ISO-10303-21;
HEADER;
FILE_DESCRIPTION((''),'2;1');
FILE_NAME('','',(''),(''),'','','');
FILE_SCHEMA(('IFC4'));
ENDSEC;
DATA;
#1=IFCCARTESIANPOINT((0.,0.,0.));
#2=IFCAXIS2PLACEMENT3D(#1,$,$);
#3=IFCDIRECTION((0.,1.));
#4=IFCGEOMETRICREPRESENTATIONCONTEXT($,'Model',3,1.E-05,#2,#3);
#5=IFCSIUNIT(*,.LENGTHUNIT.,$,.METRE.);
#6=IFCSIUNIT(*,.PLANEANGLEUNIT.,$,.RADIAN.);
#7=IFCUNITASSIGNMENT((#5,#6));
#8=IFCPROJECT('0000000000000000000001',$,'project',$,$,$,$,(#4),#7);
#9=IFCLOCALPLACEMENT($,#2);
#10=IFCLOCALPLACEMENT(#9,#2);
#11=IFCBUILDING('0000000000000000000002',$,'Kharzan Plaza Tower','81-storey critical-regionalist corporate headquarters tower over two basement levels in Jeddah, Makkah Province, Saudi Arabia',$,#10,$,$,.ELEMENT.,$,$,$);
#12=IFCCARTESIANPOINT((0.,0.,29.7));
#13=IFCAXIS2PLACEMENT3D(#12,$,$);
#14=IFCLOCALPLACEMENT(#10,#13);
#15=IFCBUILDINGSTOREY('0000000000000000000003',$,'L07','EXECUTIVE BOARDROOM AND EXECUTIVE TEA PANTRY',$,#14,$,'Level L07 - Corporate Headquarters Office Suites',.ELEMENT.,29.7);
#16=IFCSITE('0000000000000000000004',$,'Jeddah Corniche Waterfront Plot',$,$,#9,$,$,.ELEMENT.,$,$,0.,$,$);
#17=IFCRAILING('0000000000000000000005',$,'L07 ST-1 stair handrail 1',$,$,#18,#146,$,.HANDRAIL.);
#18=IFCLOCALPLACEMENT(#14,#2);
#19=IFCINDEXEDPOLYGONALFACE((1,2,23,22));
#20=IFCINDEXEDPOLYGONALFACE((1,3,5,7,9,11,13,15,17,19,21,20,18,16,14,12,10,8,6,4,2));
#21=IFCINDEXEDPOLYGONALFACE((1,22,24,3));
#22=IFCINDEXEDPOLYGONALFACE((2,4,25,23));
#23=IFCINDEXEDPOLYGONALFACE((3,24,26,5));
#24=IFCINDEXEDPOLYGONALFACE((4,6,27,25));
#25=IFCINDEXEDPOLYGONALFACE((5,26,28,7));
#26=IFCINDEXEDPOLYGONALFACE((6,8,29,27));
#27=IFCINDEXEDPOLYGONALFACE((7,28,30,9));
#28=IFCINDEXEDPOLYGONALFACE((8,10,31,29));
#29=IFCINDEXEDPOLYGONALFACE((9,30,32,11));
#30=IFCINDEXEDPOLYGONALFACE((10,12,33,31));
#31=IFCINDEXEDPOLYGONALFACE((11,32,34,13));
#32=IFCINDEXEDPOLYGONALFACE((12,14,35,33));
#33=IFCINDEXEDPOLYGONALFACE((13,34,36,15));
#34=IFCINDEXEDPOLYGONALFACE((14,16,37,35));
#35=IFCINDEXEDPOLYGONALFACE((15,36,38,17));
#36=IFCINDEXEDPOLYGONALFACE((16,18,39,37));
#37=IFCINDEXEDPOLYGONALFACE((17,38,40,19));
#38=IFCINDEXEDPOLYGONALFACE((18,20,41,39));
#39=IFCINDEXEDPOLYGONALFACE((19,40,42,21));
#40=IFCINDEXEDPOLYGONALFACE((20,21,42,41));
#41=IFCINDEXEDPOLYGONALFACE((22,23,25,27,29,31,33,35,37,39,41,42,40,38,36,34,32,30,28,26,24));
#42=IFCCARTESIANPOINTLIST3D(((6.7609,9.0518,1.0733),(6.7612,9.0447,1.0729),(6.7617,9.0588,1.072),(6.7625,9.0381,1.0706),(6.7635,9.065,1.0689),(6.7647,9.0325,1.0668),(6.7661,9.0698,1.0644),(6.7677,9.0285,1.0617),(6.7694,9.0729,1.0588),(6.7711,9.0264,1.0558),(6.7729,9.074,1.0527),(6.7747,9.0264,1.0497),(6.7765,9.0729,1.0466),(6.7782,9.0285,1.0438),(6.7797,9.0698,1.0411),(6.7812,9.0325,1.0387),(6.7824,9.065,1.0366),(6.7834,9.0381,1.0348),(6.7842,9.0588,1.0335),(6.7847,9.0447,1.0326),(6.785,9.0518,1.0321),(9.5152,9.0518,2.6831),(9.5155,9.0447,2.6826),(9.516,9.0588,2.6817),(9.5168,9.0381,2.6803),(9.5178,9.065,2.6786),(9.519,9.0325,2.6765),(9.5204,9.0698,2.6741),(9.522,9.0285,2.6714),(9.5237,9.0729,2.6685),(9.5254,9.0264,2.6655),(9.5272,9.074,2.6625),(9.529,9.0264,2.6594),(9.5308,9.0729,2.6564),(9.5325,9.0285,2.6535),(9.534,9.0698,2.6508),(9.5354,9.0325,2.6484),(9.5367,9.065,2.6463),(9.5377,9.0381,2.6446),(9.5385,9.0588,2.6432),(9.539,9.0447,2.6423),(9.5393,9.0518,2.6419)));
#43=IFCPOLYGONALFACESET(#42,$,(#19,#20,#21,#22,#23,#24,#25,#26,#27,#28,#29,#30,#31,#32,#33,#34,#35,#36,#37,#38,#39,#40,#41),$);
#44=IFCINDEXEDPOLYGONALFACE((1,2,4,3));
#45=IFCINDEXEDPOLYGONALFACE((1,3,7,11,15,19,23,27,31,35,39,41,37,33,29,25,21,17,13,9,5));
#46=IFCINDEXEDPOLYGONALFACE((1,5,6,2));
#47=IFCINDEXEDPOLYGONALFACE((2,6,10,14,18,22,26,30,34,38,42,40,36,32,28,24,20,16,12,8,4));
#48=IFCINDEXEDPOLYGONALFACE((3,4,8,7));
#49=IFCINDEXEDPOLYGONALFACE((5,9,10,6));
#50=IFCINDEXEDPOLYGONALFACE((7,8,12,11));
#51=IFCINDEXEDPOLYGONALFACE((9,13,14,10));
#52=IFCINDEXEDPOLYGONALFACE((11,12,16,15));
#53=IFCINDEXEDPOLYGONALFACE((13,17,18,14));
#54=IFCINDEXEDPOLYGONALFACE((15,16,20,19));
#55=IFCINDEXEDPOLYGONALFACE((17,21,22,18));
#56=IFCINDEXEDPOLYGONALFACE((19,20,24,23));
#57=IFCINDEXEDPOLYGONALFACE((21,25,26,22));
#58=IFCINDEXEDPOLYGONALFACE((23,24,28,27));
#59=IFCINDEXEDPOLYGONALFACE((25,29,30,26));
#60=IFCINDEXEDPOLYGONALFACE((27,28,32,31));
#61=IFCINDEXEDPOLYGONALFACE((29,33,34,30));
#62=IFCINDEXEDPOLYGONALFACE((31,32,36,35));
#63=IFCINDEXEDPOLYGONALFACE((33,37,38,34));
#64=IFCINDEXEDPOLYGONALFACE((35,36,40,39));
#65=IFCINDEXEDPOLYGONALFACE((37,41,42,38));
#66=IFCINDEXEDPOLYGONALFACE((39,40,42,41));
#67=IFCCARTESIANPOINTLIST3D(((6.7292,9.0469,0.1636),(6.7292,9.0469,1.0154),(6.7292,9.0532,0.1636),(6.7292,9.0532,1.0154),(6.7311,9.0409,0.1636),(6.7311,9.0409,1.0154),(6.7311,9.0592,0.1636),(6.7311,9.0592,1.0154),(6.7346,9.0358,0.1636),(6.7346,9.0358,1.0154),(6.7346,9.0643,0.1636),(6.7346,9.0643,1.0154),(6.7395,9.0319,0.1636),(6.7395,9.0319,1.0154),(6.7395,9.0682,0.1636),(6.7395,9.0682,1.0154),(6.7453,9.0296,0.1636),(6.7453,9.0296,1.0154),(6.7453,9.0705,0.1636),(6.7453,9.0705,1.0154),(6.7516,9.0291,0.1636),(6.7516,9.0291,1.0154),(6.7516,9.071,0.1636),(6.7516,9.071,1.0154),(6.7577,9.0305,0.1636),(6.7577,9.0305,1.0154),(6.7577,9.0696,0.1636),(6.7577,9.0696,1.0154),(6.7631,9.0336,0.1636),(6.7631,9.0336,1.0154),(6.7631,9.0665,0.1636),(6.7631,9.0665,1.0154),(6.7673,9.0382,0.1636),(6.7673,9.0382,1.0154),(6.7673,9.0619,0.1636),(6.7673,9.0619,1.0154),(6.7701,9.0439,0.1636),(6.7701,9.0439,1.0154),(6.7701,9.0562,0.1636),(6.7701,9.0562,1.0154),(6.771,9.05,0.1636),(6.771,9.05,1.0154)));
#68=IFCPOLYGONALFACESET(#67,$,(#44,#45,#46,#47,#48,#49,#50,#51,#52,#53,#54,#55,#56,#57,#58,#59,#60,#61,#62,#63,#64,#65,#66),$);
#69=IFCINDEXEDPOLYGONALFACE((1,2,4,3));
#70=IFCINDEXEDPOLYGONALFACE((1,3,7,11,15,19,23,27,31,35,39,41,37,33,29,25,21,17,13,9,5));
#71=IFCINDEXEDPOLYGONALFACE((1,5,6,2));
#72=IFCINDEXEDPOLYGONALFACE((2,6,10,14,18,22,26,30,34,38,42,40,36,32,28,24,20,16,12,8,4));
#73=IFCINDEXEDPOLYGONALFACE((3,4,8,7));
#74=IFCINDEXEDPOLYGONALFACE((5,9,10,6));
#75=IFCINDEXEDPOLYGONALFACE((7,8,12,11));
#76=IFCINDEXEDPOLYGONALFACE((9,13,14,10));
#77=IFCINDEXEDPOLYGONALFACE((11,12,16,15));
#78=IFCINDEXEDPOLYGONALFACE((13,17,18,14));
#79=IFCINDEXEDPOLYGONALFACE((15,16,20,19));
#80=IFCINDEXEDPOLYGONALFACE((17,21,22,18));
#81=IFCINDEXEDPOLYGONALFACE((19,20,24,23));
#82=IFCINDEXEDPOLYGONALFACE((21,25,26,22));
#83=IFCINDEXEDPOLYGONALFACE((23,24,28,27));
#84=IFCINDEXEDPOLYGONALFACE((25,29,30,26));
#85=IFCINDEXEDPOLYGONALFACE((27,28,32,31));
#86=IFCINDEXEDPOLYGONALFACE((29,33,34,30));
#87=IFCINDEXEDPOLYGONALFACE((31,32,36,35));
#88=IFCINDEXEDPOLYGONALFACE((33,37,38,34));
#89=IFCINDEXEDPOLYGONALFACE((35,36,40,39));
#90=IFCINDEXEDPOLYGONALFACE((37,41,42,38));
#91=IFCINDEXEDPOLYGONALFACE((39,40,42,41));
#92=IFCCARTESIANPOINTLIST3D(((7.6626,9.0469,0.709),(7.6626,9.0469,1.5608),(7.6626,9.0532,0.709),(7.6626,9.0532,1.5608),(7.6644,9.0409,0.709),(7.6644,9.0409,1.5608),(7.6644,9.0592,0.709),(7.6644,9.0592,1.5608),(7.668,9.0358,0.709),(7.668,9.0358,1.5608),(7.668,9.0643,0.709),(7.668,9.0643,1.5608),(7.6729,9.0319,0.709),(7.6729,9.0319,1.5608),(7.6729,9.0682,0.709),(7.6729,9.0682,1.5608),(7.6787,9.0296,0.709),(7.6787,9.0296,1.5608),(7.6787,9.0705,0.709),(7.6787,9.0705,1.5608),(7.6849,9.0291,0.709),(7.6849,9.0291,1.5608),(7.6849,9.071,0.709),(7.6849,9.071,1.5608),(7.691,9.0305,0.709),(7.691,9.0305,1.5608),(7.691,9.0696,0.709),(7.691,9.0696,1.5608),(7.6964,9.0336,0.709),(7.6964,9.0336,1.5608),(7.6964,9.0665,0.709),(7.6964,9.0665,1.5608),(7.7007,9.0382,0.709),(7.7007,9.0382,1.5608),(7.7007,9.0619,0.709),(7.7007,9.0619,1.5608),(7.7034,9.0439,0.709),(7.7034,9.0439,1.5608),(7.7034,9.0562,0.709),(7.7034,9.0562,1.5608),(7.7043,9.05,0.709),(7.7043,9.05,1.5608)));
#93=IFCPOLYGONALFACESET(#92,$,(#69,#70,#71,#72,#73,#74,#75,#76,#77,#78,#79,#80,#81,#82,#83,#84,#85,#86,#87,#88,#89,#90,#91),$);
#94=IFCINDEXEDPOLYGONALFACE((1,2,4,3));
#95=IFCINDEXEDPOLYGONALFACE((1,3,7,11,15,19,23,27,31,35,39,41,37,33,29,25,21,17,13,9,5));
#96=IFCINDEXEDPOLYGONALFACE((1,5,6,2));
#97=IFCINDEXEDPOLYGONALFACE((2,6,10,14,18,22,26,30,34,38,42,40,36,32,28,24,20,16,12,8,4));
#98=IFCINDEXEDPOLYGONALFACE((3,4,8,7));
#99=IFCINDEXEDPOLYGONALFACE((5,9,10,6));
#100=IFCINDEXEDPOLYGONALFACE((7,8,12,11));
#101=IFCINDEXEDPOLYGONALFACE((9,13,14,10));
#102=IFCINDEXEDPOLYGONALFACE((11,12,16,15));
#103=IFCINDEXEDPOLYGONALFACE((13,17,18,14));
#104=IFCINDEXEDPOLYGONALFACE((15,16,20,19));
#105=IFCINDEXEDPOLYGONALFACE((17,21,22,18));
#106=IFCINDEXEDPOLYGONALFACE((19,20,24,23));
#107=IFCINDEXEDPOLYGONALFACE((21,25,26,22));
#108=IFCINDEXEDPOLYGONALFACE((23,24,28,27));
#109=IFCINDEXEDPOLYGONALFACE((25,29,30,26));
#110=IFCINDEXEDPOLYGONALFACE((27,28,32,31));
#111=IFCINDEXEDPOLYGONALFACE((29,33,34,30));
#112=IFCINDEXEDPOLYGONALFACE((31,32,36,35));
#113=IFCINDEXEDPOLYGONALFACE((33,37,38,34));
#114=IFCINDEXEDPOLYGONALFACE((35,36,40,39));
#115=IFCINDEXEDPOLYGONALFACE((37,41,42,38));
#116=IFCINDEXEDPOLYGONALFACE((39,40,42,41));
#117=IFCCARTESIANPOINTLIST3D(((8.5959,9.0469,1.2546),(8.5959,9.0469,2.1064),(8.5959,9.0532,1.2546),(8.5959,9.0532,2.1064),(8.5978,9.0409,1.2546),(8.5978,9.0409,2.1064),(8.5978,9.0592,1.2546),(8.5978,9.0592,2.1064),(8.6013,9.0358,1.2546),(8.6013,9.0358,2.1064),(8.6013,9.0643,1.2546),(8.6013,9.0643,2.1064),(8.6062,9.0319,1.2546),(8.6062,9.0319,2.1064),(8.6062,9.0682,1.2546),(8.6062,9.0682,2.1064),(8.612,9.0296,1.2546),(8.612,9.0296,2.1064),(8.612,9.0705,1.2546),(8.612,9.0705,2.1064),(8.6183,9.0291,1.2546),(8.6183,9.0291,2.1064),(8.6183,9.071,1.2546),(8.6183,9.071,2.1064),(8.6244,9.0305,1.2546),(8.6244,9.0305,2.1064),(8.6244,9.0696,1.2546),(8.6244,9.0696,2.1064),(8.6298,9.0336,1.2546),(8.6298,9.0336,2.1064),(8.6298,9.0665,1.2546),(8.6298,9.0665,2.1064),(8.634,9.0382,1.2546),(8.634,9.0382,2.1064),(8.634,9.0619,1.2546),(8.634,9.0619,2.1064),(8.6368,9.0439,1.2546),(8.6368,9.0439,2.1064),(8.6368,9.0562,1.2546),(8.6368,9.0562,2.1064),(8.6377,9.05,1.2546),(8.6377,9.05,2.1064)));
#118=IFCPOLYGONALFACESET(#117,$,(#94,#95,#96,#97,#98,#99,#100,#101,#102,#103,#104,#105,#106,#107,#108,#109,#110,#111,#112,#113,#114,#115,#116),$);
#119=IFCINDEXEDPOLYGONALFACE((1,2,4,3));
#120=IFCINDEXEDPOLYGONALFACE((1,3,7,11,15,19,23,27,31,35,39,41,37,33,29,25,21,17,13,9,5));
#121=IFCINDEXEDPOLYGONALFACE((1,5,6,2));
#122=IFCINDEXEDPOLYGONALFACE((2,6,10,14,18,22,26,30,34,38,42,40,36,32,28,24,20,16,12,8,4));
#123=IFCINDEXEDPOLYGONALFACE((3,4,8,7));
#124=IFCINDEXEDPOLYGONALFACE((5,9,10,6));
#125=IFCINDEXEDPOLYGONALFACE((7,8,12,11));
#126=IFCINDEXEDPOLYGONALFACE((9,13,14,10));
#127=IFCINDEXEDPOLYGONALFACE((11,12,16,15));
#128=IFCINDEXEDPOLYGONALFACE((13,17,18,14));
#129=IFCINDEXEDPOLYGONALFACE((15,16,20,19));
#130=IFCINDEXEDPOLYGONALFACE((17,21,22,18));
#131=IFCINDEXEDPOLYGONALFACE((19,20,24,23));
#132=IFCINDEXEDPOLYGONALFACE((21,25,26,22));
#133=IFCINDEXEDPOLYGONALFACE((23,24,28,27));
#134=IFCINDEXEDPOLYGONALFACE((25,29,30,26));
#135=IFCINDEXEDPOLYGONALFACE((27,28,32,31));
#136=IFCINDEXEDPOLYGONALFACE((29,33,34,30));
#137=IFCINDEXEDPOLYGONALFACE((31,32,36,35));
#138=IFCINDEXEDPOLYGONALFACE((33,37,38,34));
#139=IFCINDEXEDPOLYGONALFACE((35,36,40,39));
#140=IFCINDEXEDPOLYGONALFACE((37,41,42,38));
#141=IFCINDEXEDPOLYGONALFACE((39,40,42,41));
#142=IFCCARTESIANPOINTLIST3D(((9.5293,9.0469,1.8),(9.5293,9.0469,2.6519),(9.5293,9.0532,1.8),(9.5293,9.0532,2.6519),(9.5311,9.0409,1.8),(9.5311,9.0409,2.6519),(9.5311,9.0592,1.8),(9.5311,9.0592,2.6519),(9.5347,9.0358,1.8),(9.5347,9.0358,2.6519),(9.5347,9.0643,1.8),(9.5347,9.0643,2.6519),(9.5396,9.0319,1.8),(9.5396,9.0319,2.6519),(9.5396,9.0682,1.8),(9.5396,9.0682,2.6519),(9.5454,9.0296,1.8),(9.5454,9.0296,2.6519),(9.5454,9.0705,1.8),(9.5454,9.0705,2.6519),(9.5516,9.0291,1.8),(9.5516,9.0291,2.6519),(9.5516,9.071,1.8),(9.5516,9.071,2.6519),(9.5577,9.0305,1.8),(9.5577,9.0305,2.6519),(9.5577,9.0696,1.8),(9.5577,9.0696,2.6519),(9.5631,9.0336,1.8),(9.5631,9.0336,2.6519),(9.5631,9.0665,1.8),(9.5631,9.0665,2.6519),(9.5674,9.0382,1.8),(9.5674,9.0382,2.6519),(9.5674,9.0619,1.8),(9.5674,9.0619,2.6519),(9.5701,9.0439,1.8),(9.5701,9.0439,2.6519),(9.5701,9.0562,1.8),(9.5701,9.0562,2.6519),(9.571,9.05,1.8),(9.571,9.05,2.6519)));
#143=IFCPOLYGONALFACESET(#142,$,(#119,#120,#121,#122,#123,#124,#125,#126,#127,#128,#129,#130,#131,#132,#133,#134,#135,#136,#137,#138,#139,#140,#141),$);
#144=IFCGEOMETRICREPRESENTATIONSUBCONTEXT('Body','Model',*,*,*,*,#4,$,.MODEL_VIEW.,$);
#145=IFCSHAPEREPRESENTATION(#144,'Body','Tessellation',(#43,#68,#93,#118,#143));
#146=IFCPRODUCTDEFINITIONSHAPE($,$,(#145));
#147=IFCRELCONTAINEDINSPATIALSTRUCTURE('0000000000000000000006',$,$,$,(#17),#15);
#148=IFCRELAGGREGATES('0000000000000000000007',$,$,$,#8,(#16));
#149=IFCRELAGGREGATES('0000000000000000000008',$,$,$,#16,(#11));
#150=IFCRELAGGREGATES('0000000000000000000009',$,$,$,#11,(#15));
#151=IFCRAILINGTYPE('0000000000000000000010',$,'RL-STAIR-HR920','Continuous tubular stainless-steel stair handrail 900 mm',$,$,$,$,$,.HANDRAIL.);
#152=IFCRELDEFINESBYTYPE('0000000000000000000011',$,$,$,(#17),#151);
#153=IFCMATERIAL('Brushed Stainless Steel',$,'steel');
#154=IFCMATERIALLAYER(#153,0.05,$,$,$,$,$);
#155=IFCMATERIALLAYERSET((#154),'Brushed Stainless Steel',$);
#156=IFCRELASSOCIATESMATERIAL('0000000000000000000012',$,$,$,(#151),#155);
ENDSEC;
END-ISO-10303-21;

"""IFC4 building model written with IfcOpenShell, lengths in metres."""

from ifc_helpers import new_model, si_unit, direction, frame, origin, origin_2d, place, context, subcontext, project, spatial, circle, extrude, source, transform, mapped, material, layer, layer_set, type_object, element, save


model = new_model("IFC4")

# Units and contexts
model_context = context("Model", 3, precision=1e-05, world=origin(), true_north=direction((0.0, 1.0)))
body_context = subcontext(model_context, "Body", "Model", "MODEL_VIEW")
ifc_project = project(units=[si_unit("LENGTHUNIT", "METRE"), si_unit("PLANEANGLEUNIT", "RADIAN")], contexts=[model_context])

# Site, building, storey
site_placement = place(None, origin())
site = spatial("IfcSite", under=ifc_project, at=site_placement, Name="Jeddah Corniche Waterfront Plot", CompositionType="ELEMENT", RefElevation=0.0)
building_placement = place(site_placement, origin())
building = spatial("IfcBuilding", under=site, at=building_placement, Name="Kharzan Plaza Tower", Description="81-storey critical-regionalist corporate headquarters tower over two basement levels in Jeddah, Makkah Province, Saudi Arabia", CompositionType="ELEMENT")
storey_placement = place(building_placement, frame((0.0, 0.0, 29.7)))
storey = spatial("IfcBuildingStorey", under=building, at=storey_placement, Name="L07", Description="EXECUTIVE BOARDROOM AND EXECUTIVE TEA PANTRY", LongName="Level L07 - Corporate Headquarters Office Suites", CompositionType="ELEMENT", Elevation=29.7)

# Railing
ifc_material_1 = material(Name="Brushed Stainless Steel", Category="steel")
ifc_layer_1 = layer(ifc_material_1, 0.05)
ifc_layer_set_1 = layer_set([ifc_layer_1], Name="Brushed Stainless Steel")
railing_type_1 = type_object("IfcRailingType", Name="RL-STAIR-HR920", Description="Continuous tubular stainless-steel stair handrail 900 mm", PredefinedType="HANDRAIL", material=ifc_layer_set_1)
shared_shape_1 = source(origin(), body_context, "Body", "SweptSolid", [
    extrude(circle(Radius=0.0239, at=origin_2d()), frame((0.0229, 0.0, 0.8892), z_axis=(0.863361, 0.0, 0.504587), x_axis=(0.0, 1.0, 0.0)), (0.0, 0.0, 1.0), 3.1902),
    extrude(circle(Radius=0.021, at=origin_2d()), origin(), (0.0, 0.0, 1.0), 0.8518),
    extrude(circle(Radius=0.021, at=origin_2d()), frame((0.9333, 0.0, 0.5454)), (0.0, 0.0, 1.0), 0.8518),
    extrude(circle(Radius=0.021, at=origin_2d()), frame((1.8667, 0.0, 1.0911)), (0.0, 0.0, 1.0), 0.8518),
    extrude(circle(Radius=0.021, at=origin_2d()), frame((2.8, 0.0, 1.6365)), (0.0, 0.0, 1.0), 0.8518),
])
railing_1_placement = place(storey_placement, frame((6.75, 9.05, 0.1636)))
element("IfcRailing", 1, at=railing_1_placement, inside=storey, type_object=railing_type_1, Name="L07 ST-1 stair handrail 1", PredefinedType="HANDRAIL", context=body_context, shape_type="MappedRepresentation", body=[
    mapped(shared_shape_1, transform((0.0, 0.0, 0.0), x_axis=(1.0, 0.0, 0.0), y_axis=(0.0, 1.0, 0.0), z_axis=(0.0, 0.0, 1.0))),
])

save(model, "model.ifc")
